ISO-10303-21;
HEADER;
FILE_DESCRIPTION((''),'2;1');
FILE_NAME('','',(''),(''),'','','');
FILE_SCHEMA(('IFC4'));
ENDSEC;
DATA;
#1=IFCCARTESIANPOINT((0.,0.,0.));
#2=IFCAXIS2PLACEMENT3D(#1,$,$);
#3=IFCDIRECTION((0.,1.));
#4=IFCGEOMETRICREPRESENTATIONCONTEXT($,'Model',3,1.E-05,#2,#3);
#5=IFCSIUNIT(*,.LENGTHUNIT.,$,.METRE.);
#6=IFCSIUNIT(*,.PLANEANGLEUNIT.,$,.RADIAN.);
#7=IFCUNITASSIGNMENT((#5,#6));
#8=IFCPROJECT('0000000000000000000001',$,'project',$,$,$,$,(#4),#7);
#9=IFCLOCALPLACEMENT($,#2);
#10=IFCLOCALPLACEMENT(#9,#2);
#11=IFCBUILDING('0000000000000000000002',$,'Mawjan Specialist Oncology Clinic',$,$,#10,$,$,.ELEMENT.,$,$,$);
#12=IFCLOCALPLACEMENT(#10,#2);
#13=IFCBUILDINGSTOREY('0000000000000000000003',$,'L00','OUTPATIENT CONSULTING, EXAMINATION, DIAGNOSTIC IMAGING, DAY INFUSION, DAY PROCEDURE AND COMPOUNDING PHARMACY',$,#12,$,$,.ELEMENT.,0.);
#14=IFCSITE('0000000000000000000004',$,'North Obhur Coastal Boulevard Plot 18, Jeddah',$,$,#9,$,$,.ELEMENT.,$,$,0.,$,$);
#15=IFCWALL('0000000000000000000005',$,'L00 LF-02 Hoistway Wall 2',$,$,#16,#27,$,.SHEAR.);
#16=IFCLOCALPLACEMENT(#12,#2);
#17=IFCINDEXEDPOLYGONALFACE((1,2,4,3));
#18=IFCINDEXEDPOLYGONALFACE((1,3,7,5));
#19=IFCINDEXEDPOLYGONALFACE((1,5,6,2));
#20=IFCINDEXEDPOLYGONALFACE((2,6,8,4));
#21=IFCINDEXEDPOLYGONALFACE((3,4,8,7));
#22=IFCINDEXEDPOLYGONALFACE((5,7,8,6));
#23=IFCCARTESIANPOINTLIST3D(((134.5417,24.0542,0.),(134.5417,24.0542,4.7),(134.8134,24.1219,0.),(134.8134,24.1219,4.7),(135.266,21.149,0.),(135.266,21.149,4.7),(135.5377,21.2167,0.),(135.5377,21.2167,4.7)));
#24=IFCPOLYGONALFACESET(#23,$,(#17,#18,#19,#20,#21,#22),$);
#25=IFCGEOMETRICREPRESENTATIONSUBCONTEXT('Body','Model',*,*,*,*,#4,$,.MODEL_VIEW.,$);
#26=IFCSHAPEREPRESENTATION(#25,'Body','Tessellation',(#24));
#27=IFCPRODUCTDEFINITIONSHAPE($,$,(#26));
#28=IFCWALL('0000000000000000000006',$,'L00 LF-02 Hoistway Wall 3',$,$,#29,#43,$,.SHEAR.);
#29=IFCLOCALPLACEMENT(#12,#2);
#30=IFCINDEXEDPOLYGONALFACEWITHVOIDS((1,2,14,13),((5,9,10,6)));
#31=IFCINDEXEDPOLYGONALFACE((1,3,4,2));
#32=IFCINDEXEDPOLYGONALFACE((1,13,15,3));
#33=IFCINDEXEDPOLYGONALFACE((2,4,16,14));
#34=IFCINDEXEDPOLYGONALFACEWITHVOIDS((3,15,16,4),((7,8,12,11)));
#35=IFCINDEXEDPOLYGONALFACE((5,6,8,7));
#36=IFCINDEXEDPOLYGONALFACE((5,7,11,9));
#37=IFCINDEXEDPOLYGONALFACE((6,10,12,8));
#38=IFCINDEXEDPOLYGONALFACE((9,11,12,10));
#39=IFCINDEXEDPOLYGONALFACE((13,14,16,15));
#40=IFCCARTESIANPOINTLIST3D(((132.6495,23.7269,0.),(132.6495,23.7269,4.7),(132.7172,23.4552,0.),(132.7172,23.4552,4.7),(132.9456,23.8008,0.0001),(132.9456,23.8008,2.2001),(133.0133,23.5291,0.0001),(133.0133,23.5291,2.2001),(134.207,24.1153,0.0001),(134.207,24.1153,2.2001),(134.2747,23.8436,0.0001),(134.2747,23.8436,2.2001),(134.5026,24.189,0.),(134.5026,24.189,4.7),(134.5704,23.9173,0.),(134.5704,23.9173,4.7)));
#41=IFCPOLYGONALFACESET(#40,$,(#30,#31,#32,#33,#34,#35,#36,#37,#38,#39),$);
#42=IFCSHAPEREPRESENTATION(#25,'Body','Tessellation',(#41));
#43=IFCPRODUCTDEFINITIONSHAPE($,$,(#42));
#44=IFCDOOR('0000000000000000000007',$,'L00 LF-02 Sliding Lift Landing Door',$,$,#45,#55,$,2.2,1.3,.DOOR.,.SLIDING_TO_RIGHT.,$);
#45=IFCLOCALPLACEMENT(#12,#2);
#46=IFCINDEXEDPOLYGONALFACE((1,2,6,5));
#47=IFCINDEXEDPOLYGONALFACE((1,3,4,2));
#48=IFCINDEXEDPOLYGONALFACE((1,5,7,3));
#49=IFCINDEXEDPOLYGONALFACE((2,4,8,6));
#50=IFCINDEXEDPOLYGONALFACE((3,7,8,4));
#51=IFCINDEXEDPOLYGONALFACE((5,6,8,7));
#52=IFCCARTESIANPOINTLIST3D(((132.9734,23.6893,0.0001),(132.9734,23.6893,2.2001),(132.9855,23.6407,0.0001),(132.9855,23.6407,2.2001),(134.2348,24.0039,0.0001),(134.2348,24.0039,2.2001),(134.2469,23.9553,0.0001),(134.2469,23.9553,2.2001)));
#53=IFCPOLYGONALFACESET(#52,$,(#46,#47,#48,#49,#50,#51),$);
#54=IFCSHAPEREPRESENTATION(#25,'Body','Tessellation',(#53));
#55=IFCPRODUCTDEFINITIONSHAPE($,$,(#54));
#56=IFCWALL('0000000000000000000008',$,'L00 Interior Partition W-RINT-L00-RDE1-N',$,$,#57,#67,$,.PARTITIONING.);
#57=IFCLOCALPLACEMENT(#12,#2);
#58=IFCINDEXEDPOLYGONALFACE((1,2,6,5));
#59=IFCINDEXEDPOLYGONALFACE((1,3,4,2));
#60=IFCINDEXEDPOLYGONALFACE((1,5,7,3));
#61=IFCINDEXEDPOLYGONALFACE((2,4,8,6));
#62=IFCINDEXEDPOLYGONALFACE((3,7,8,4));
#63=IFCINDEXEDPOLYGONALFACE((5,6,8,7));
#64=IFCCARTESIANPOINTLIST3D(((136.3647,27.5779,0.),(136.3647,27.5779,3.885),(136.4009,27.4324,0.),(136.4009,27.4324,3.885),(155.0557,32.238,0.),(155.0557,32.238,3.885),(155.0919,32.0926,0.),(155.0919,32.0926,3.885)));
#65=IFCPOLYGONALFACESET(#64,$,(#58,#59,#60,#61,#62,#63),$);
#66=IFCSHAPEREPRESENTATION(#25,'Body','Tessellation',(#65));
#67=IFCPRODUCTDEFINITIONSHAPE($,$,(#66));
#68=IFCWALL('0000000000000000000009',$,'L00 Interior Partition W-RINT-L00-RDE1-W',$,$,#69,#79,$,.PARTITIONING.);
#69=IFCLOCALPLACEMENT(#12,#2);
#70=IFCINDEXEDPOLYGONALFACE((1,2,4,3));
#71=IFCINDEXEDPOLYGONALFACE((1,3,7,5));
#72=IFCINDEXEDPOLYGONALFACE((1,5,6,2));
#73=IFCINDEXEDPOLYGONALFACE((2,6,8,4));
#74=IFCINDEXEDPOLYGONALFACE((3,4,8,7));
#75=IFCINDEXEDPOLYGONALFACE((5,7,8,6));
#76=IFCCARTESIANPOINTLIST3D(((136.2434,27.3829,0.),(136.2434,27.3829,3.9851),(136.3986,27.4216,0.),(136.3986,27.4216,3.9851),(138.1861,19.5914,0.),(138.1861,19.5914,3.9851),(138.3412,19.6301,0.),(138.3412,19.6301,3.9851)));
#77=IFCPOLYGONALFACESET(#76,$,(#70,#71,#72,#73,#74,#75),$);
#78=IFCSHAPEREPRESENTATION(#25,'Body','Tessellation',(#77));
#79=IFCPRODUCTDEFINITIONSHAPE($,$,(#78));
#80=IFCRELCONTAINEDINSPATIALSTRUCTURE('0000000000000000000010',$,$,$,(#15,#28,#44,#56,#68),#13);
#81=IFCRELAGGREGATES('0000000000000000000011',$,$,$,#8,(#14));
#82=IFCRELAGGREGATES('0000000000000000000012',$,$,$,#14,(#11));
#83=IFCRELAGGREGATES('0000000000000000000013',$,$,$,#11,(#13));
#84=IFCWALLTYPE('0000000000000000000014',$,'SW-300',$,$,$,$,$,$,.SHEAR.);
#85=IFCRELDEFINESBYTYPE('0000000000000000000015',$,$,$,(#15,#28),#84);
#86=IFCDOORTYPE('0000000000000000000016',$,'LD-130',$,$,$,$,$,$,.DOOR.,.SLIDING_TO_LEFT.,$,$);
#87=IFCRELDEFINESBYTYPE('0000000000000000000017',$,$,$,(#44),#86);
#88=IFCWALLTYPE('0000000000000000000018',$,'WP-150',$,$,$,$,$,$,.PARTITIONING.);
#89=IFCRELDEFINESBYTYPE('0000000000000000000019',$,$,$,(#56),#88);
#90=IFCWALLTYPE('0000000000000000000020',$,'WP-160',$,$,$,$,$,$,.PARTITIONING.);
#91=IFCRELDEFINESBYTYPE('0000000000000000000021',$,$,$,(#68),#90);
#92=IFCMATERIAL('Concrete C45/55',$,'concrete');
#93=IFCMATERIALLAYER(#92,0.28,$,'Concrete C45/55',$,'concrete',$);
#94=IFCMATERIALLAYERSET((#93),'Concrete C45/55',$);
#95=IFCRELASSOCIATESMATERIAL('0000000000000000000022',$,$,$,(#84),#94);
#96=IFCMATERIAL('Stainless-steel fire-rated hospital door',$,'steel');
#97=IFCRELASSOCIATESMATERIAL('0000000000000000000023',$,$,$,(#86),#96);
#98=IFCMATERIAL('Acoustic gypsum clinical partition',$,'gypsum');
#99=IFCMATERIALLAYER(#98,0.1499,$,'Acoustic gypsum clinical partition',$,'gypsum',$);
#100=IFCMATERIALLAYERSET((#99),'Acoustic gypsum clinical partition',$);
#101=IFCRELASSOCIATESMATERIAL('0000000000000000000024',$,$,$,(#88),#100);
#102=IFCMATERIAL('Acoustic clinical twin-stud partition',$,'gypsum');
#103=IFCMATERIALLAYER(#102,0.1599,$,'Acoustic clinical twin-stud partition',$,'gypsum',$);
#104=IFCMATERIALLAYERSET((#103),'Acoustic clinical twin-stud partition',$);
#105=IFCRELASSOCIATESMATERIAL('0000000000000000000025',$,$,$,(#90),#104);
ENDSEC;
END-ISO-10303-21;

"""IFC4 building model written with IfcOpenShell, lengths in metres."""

from ifc_helpers import new_model, si_unit, direction, frame, frame_2d, origin, place, context, subcontext, project, spatial, rectangle, extrude, material, layer, layer_set, type_object, element, fill, save


model = new_model("IFC4")

# Units and contexts
model_context = context("Model", 3, precision=1e-05, world=origin(), true_north=direction((0.0, 1.0)))
body_context = subcontext(model_context, "Body", "Model", "MODEL_VIEW")
ifc_project = project(units=[si_unit("LENGTHUNIT", "METRE"), si_unit("PLANEANGLEUNIT", "RADIAN")], contexts=[model_context])

# Site, building, storey
site_placement = place(None, origin())
site = spatial("IfcSite", under=ifc_project, at=site_placement, Name="North Obhur Coastal Boulevard Plot 18, Jeddah", CompositionType="ELEMENT", RefElevation=0.0)
building_placement = place(site_placement, origin())
building = spatial("IfcBuilding", under=site, at=building_placement, Name="Mawjan Specialist Oncology Clinic", CompositionType="ELEMENT")
storey_placement = place(building_placement, origin())
storey = spatial("IfcBuildingStorey", under=building, at=storey_placement, Name="L00", Description="OUTPATIENT CONSULTING, EXAMINATION, DIAGNOSTIC IMAGING, DAY INFUSION, DAY PROCEDURE AND COMPOUNDING PHARMACY", CompositionType="ELEMENT", Elevation=0.0)

# Shared definitions
ifc_material_1 = material(Name="Concrete C45/55", Category="concrete")
ifc_layer_1 = layer(ifc_material_1, 0.28, Name="Concrete C45/55", Category="concrete")
ifc_layer_set_1 = layer_set([ifc_layer_1], Name="Concrete C45/55")
wall_type_1 = type_object("IfcWallType", Name="SW-300", PredefinedType="SHEAR", material=ifc_layer_set_1)

# Shared definitions
ifc_material_2 = material(Name="Stainless-steel fire-rated hospital door", Category="steel")
door_type = type_object("IfcDoorType", Name="LD-130", OperationType="SLIDING_TO_LEFT", PredefinedType="DOOR", material=ifc_material_2)

# Wall
wall_1_placement = place(storey_placement, frame((135.4019, 21.1829, 0.0), z_axis=(0.0, 0.0, 1.0), x_axis=(-0.241922, 0.970296, 0.0)))
element("IfcWall", 1, at=wall_1_placement, inside=storey, type_object=wall_type_1, Name="L00 LF-02 Hoistway Wall 2", PredefinedType="SHEAR", context=body_context, shape_type="SweptSolid", body=[
    extrude(rectangle(XDim=2.9941, YDim=0.28, at=frame_2d((1.4971, 0.0))), origin(), (0.0, 0.0, 1.0), 4.7),
])

# Wall, opening, door
wall_2_placement = place(storey_placement, frame((134.5366, 24.0532, 0.0), z_axis=(0.0, 0.0, 1.0), x_axis=(-0.970285, -0.241964, 0.0)))
wall_2 = element("IfcWall", 2, at=wall_2_placement, inside=storey, type_object=wall_type_1, Name="L00 LF-02 Hoistway Wall 3", PredefinedType="SHEAR", context=body_context, shape_type="SweptSolid", body=[
    extrude(rectangle(XDim=1.9099, YDim=0.28, at=frame_2d((0.9551, 0.0))), origin(), (0.0, 0.0, 1.0), 4.7),
])
opening_1_placement = place(wall_2_placement, frame((0.3049, 0.0, 0.0)))
opening_1 = element("IfcOpeningElement", 3, at=opening_1_placement, cuts=wall_2, PredefinedType="OPENING", context=body_context, shape_type="SweptSolid", body=[
    extrude(rectangle(XDim=1.3, YDim=2.2, at=frame_2d((0.6499, 1.1001))), frame((0.0, 0.1521, 0.0), z_axis=(0.0, -1.0, 0.0), x_axis=(1.0, 0.0, 0.0)), (0.0, 0.0, 1.0), 0.304),
])
door_1_placement = place(opening_1_placement, origin())
door_1 = element("IfcDoor", 4, at=door_1_placement, inside=storey, type_object=door_type, Name="L00 LF-02 Sliding Lift Landing Door", OperationType="SLIDING_TO_RIGHT", OverallHeight=2.2, OverallWidth=1.3, PredefinedType="DOOR", context=body_context, shape_type="SweptSolid", body=[
    extrude(rectangle(XDim=1.3, YDim=2.2, at=frame_2d((0.6499, 1.1001))), frame((0.0, 0.0249, 0.0), z_axis=(0.0, -1.0, 0.0), x_axis=(1.0, 0.0, 0.0)), (0.0, 0.0, 1.0), 0.05),
])
fill(opening_1, door_1)

# Walls
ifc_material_3 = material(Name="Acoustic gypsum clinical partition", Category="gypsum")
ifc_layer_2 = layer(ifc_material_3, 0.1499, Name="Acoustic gypsum clinical partition", Category="gypsum")
ifc_layer_set_2 = layer_set([ifc_layer_2], Name="Acoustic gypsum clinical partition")
wall_type_2 = type_object("IfcWallType", Name="WP-150", PredefinedType="PARTITIONING", material=ifc_layer_set_2)
wall_3_placement = place(storey_placement, frame((136.3828, 27.5051, 0.0), z_axis=(0.0, 0.0, 1.0), x_axis=(0.970296, 0.241921, 0.0)))
element("IfcWall", 5, at=wall_3_placement, inside=storey, type_object=wall_type_2, Name="L00 Interior Partition W-RINT-L00-RDE1-N", PredefinedType="PARTITIONING", context=body_context, shape_type="SweptSolid", body=[
    extrude(rectangle(XDim=19.2632, YDim=0.1499, at=frame_2d((9.6316, 0.0))), origin(), (0.0, 0.0, 1.0), 3.885),
])
ifc_material_4 = material(Name="Acoustic clinical twin-stud partition", Category="gypsum")
ifc_layer_3 = layer(ifc_material_4, 0.1599, Name="Acoustic clinical twin-stud partition", Category="gypsum")
ifc_layer_set_3 = layer_set([ifc_layer_3], Name="Acoustic clinical twin-stud partition")
wall_type_3 = type_object("IfcWallType", Name="WP-160", PredefinedType="PARTITIONING", material=ifc_layer_set_3)
wall_4_placement = place(storey_placement, frame((138.2637, 19.6106, 0.0), z_axis=(0.0, 0.0, 1.0), x_axis=(-0.24192, 0.970296, 0.0)))
element("IfcWall", 6, at=wall_4_placement, inside=storey, type_object=wall_type_3, Name="L00 Interior Partition W-RINT-L00-RDE1-W", PredefinedType="PARTITIONING", context=body_context, shape_type="SweptSolid", body=[
    extrude(rectangle(XDim=8.03, YDim=0.1599, at=frame_2d((4.0151, 0.0))), origin(), (0.0, 0.0, 1.0), 3.9851),
])

save(model, "model.ifc")
